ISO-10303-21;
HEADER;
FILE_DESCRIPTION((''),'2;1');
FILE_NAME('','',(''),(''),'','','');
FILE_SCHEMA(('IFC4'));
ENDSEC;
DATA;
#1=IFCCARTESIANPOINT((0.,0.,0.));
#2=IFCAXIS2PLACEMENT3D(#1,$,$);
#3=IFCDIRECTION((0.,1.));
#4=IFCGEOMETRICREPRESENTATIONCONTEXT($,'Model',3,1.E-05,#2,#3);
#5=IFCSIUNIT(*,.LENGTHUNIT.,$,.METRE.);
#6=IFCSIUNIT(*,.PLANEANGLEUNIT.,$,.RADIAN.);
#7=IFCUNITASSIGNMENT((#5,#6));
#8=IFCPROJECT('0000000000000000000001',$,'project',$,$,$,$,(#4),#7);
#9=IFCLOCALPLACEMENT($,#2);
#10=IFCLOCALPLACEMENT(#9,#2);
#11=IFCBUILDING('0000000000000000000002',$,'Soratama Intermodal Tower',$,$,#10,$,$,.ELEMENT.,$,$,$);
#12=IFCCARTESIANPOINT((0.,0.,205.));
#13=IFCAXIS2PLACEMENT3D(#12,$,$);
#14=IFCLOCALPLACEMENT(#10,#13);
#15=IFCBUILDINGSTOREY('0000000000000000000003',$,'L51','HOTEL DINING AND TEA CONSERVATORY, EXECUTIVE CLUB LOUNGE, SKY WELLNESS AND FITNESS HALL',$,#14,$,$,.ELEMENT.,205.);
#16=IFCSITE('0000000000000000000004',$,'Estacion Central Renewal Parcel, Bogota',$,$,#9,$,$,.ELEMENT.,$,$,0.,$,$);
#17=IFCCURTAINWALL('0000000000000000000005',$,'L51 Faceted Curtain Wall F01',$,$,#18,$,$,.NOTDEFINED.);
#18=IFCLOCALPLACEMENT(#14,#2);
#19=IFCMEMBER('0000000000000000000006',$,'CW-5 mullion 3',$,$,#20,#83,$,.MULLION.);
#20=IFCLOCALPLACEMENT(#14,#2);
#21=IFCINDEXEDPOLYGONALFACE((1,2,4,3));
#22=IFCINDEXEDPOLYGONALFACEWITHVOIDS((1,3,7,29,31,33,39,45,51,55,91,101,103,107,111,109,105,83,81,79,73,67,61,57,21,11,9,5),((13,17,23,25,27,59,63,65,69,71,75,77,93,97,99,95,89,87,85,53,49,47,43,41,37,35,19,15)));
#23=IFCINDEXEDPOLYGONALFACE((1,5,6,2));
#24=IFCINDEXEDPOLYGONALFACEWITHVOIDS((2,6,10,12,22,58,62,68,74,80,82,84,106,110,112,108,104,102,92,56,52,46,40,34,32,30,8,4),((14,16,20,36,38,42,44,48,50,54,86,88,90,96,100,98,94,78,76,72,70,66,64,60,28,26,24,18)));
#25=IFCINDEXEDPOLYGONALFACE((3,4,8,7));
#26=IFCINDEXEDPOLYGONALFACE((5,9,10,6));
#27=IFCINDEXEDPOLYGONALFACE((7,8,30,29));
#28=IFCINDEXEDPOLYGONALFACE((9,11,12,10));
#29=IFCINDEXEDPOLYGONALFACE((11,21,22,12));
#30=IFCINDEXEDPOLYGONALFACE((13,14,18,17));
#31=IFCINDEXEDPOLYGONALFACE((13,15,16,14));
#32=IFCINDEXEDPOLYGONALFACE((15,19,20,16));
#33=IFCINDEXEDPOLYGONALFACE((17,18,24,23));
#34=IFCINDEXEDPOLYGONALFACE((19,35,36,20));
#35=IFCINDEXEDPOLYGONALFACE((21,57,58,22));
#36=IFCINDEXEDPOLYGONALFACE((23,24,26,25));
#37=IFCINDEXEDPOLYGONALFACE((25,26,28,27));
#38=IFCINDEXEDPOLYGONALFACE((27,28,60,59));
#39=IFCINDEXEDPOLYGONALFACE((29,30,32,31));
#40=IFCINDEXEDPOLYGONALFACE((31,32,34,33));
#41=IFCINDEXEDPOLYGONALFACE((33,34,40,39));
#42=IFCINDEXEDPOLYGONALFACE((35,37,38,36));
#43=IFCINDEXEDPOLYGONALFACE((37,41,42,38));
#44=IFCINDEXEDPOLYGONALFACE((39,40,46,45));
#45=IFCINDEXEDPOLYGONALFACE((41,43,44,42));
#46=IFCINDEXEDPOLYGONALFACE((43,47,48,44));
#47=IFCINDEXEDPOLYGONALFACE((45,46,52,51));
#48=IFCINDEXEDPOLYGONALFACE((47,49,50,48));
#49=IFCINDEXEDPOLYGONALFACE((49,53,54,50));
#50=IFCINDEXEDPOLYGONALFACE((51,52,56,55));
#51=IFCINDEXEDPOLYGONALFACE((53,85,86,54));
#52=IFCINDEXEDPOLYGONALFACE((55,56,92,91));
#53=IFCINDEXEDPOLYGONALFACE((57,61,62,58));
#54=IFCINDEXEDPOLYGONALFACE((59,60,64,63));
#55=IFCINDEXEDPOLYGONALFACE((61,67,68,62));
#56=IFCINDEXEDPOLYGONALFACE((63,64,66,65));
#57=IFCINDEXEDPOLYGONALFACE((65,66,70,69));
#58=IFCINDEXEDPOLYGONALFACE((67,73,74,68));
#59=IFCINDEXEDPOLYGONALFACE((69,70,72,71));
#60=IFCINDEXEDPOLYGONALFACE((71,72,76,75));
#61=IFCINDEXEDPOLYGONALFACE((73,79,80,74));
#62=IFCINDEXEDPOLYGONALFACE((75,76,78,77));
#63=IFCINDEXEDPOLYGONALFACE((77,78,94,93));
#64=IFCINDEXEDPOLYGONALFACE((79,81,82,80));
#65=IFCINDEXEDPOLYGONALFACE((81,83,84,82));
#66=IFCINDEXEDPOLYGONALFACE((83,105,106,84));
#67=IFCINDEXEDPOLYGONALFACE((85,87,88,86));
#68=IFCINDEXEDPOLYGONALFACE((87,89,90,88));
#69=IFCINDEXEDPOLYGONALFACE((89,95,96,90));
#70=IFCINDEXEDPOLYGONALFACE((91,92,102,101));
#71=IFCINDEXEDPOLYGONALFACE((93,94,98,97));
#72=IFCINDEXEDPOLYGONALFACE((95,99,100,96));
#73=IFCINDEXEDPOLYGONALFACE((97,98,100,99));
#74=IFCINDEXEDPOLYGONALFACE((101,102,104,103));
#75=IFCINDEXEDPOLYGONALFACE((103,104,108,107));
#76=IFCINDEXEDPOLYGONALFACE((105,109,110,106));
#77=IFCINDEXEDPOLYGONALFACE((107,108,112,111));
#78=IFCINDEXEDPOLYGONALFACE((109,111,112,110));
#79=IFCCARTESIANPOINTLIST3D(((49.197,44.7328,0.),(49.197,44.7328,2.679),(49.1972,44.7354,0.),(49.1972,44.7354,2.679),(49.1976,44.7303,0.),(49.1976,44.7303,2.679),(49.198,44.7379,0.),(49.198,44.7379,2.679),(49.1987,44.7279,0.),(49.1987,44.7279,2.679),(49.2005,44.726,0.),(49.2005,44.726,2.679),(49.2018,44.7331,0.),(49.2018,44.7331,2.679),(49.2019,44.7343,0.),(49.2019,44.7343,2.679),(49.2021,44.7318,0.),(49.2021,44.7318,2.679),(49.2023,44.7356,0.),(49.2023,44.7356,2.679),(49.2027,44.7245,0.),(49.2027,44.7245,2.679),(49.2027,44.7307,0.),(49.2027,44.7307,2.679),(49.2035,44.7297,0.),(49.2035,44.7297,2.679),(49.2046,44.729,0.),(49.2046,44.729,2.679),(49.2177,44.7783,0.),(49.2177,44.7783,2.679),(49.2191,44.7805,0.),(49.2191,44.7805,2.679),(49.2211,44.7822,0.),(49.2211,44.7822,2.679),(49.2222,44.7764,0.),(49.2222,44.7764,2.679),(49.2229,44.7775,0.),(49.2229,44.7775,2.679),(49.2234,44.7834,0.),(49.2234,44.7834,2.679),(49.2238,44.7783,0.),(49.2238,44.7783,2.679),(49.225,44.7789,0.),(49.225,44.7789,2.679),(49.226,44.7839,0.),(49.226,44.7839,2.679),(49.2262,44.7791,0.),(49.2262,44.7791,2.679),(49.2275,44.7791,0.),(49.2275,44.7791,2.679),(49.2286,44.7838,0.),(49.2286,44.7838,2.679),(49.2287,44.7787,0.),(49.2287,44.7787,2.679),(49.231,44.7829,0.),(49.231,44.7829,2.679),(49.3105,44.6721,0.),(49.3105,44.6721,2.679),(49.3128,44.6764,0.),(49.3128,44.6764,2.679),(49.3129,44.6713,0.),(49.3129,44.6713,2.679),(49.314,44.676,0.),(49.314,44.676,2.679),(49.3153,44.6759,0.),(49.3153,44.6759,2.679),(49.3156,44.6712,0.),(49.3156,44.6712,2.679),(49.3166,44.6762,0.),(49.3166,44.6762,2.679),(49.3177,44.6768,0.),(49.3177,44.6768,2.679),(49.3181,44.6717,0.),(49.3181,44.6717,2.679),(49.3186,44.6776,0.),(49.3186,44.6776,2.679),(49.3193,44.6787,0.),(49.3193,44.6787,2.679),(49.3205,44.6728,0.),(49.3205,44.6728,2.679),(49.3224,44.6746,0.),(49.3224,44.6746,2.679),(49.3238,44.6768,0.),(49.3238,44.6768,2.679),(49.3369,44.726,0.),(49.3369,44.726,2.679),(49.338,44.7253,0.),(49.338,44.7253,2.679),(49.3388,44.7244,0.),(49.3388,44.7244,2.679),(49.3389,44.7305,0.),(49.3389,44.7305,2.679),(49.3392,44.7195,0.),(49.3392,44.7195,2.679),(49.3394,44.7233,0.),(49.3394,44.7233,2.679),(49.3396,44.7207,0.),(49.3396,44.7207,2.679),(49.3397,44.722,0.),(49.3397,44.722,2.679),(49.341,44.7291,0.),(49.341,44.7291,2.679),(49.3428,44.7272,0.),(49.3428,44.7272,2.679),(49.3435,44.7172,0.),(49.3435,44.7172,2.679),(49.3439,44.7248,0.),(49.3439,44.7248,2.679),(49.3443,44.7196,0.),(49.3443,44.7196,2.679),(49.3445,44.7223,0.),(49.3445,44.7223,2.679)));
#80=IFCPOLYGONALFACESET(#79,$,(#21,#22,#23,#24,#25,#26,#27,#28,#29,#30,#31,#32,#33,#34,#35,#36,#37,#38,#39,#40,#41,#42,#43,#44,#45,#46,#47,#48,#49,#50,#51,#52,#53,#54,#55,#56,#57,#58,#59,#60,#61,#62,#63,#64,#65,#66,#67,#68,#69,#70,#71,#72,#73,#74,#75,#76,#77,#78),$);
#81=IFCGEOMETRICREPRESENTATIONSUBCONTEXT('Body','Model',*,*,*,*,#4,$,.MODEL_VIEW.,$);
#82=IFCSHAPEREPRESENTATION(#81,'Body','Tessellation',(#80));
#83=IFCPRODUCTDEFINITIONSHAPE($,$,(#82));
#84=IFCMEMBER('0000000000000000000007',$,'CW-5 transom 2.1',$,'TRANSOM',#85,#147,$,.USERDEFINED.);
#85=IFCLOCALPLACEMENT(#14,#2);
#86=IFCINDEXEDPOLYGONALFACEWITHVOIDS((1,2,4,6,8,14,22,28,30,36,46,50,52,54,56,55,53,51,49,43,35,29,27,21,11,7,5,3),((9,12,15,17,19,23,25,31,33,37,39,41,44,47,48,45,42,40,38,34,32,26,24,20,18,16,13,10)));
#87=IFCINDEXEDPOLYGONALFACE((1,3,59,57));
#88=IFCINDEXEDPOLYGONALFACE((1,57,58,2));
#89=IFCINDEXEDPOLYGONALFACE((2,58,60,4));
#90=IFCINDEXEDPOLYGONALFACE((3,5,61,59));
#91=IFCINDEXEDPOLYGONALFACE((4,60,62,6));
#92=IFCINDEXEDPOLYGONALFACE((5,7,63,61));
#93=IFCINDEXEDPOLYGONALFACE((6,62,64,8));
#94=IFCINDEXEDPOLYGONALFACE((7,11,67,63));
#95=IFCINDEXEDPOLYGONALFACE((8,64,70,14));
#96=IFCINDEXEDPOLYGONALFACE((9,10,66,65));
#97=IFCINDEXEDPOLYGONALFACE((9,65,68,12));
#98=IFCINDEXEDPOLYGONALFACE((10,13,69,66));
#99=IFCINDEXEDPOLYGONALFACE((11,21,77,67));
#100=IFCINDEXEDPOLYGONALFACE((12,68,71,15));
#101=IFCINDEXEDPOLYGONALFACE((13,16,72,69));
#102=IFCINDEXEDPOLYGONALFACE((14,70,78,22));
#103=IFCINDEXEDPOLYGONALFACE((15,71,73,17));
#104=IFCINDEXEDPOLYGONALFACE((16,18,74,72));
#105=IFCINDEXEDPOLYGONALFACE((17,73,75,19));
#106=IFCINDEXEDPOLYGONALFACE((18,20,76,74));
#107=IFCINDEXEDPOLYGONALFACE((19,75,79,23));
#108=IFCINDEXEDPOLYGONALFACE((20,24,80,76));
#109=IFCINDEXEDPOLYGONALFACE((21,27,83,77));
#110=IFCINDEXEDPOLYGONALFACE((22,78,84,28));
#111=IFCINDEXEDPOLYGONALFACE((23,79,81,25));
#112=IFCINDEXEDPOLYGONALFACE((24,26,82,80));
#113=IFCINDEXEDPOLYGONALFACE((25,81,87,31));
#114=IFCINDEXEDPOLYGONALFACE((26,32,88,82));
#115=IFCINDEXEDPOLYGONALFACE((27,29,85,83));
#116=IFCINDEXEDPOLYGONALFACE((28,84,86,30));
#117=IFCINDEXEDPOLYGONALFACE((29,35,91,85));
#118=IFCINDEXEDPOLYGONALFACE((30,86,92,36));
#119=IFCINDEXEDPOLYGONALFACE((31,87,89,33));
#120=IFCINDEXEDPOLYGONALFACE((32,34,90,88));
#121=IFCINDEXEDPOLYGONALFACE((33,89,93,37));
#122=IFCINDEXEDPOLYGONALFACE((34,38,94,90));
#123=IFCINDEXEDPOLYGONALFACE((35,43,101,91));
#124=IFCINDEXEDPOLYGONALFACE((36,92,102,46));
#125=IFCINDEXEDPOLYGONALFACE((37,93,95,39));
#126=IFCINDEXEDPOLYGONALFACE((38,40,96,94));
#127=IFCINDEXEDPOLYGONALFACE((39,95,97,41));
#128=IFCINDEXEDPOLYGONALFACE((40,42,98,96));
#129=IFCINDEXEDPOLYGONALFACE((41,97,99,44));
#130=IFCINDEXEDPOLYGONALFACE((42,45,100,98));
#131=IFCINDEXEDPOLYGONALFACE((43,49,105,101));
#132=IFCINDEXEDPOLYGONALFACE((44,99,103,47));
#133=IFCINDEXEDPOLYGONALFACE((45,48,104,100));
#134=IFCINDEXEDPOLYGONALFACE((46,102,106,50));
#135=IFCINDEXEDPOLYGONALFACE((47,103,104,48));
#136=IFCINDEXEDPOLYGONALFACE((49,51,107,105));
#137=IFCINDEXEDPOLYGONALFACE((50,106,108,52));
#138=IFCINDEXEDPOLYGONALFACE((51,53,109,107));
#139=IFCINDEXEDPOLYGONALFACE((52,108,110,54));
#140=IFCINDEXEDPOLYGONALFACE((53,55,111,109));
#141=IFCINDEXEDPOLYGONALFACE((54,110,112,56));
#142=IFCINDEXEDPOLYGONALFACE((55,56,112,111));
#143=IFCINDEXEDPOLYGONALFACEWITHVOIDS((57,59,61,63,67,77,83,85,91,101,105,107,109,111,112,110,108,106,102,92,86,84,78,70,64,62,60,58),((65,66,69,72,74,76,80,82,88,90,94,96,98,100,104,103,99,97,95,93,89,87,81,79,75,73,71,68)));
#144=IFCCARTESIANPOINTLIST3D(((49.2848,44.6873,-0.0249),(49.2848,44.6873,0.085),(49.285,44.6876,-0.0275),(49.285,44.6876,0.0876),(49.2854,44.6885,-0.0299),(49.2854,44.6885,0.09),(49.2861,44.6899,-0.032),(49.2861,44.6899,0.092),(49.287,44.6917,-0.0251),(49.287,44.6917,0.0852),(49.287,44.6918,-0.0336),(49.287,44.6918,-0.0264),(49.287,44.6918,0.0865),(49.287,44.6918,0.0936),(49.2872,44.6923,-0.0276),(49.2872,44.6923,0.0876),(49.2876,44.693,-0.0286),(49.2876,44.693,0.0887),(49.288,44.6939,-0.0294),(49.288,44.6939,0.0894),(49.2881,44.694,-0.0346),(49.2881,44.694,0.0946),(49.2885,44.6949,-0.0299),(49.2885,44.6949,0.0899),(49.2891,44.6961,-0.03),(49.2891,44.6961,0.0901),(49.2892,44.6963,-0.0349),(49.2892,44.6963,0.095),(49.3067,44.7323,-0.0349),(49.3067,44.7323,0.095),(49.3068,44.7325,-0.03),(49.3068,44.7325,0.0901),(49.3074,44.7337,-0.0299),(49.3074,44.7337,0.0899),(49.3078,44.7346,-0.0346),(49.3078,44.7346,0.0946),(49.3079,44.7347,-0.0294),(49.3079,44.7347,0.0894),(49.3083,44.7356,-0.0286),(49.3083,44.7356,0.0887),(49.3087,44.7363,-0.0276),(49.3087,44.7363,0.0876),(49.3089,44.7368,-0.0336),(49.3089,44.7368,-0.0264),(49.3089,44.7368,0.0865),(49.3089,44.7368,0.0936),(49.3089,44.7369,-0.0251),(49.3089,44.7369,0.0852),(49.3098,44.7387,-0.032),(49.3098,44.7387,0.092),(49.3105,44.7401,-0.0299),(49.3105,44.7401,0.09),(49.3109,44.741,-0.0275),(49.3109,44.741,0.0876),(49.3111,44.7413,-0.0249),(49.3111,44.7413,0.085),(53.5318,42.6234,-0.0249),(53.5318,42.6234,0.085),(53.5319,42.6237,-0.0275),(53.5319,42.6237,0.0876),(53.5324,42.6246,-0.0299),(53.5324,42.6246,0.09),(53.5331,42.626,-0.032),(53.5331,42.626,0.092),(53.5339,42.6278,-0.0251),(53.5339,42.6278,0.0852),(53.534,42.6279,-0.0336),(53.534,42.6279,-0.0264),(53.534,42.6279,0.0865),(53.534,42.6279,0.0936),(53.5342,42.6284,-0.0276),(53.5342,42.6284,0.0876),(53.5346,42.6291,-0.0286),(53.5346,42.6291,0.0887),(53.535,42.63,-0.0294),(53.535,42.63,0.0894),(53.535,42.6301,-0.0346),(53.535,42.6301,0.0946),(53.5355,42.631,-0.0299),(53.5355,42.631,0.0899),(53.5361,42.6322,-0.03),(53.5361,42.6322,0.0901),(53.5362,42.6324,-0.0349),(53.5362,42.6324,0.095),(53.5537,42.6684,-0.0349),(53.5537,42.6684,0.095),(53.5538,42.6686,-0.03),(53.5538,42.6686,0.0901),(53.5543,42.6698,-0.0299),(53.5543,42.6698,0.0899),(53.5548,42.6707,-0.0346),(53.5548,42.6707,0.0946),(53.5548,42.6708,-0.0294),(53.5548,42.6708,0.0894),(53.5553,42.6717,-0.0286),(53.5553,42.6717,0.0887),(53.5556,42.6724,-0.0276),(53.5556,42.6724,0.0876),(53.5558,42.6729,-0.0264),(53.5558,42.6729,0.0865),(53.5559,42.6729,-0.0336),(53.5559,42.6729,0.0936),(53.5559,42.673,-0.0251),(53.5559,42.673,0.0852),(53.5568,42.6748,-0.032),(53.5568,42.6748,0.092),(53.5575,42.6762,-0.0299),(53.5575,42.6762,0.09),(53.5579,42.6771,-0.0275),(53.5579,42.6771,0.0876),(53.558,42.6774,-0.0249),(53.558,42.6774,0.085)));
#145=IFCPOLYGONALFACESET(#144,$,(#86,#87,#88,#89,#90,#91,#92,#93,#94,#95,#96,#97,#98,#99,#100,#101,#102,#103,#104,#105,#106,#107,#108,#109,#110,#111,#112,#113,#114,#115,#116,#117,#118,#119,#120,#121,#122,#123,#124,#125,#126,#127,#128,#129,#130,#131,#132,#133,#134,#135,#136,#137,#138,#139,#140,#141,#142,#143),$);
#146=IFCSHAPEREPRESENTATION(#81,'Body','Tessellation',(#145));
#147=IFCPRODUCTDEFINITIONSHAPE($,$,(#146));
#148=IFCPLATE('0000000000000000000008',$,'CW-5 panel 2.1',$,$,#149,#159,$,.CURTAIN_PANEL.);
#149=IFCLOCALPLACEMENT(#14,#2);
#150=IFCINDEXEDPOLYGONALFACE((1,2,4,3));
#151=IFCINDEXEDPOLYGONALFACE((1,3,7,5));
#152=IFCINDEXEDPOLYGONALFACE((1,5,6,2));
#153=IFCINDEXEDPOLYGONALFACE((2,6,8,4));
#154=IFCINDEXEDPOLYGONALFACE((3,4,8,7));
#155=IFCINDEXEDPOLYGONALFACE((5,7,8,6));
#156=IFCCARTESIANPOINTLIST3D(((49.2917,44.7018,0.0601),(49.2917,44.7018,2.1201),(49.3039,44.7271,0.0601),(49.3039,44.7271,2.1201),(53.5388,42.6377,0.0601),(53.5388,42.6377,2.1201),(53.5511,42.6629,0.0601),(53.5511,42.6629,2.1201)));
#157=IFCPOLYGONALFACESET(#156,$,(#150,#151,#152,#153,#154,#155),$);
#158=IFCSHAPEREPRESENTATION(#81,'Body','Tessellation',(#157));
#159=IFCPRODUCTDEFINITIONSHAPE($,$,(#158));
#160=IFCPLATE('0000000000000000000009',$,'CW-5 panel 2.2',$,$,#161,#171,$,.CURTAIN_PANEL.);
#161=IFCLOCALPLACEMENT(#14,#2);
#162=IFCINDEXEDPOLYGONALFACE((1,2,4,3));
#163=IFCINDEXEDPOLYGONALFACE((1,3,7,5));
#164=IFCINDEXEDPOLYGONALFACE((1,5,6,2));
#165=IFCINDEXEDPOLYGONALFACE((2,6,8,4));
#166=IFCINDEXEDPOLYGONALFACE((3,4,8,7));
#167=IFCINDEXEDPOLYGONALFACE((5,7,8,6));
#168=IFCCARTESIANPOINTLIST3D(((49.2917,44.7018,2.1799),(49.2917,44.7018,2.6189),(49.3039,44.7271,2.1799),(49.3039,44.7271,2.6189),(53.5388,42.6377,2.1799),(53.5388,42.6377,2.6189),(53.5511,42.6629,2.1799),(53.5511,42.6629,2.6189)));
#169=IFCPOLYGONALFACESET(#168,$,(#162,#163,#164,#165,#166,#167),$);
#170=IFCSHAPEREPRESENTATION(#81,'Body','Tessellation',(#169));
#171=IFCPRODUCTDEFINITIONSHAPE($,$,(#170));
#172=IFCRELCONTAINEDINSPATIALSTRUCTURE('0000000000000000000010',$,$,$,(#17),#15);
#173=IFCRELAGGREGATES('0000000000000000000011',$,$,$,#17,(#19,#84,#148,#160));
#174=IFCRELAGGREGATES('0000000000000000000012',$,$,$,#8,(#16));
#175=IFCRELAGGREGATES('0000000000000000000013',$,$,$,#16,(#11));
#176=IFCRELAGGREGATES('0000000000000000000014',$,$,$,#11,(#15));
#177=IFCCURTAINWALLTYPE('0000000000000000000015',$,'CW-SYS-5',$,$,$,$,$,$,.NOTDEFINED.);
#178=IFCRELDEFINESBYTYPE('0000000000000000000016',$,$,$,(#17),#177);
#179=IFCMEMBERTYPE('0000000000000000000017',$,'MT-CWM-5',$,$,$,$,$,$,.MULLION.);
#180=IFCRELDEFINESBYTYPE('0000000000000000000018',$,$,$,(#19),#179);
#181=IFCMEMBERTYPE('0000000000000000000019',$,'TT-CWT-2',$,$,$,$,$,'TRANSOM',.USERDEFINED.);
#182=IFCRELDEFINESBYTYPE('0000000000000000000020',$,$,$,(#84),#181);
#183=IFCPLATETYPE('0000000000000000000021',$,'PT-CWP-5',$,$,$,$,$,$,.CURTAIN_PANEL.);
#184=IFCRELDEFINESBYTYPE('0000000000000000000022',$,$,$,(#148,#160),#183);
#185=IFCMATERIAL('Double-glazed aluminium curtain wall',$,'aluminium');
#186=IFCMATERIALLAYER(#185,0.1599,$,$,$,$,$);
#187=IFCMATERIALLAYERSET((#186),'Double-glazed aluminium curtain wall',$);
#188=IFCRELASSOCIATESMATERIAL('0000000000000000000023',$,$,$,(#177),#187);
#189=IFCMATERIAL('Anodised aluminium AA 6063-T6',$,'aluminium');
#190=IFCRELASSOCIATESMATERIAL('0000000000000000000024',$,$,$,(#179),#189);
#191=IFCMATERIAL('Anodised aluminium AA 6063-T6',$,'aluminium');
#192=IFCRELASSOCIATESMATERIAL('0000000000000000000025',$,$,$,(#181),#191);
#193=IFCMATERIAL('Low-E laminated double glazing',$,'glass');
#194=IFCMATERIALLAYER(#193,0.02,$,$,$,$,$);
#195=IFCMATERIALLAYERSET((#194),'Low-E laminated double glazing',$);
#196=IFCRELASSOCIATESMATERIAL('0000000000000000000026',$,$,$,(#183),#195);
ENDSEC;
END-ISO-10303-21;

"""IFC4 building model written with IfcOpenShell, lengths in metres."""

from ifc_helpers import new_model, si_unit, direction, frame, origin, origin_2d, place, context, subcontext, project, spatial, rectangle, hollow_rectangle, extrude, material, layer, layer_set, material_profile, profile_set, type_object, element, aggregate, save


model = new_model("IFC4")

# Units and contexts
model_context = context("Model", 3, precision=1e-05, world=origin(), true_north=direction((0.0, 1.0)))
body_context = subcontext(model_context, "Body", "Model", "MODEL_VIEW")
ifc_project = project(units=[si_unit("LENGTHUNIT", "METRE"), si_unit("PLANEANGLEUNIT", "RADIAN")], contexts=[model_context])

# Site, building, storey
site_placement = place(None, origin())
site = spatial("IfcSite", under=ifc_project, at=site_placement, Name="Estacion Central Renewal Parcel, Bogota", CompositionType="ELEMENT", RefElevation=0.0)
building_placement = place(site_placement, origin())
building = spatial("IfcBuilding", under=site, at=building_placement, Name="Soratama Intermodal Tower", CompositionType="ELEMENT")
storey_placement = place(building_placement, frame((0.0, 0.0, 205.0)))
storey = spatial("IfcBuildingStorey", under=building, at=storey_placement, Name="L51", Description="HOTEL DINING AND TEA CONSERVATORY, EXECUTIVE CLUB LOUNGE, SKY WELLNESS AND FITNESS HALL", CompositionType="ELEMENT", Elevation=205.0)

# Curtain wall, members, plates
ifc_material_1 = material(Name="Double-glazed aluminium curtain wall", Category="aluminium")
ifc_layer_1 = layer(ifc_material_1, 0.1599)
ifc_layer_set_1 = layer_set([ifc_layer_1], Name="Double-glazed aluminium curtain wall")
curtain_wall_type = type_object("IfcCurtainWallType", Name="CW-SYS-5", PredefinedType="NOTDEFINED", material=ifc_layer_set_1)
curtain_wall_placement = place(storey_placement, origin())
curtain_wall = element("IfcCurtainWall", 1, at=curtain_wall_placement, inside=storey, type_object=curtain_wall_type, Name="L51 Faceted Curtain Wall F01", PredefinedType="NOTDEFINED")
ifc_material_2 = material(Name="Anodised aluminium AA 6063-T6", Category="aluminium")
ifc_material_profile_1 = material_profile(ifc_material_2, hollow_rectangle(XDim=0.0649, YDim=0.1399, WallThickness=0.0049, InnerFilletRadius=0.0049, OuterFilletRadius=0.01, at=origin_2d()), Name="CWM140X65X5")
ifc_profile_set_1 = profile_set([ifc_material_profile_1], Name="Anodised aluminium AA 6063-T6")
member_type_1 = type_object("IfcMemberType", Name="MT-CWM-5", PredefinedType="MULLION", material=ifc_profile_set_1)
member_1_placement = place(storey_placement, frame((49.2708, 44.7275, 0.0), z_axis=(0.0, 0.0, 1.0), x_axis=(-0.437111, -0.899408, 0.0)))
member_1 = element("IfcMember", 2, at=member_1_placement, type_object=member_type_1, Name="CW-5 mullion 3", PredefinedType="MULLION", context=body_context, shape_type="SweptSolid", body=[
    extrude(hollow_rectangle(XDim=0.0649, YDim=0.1399, WallThickness=0.0049, InnerFilletRadius=0.0049, OuterFilletRadius=0.01, at=origin_2d()), origin(), (0.0, 0.0, 1.0), 2.679),
])
ifc_material_3 = material(Name="Anodised aluminium AA 6063-T6", Category="aluminium")
ifc_material_profile_2 = material_profile(ifc_material_3, hollow_rectangle(XDim=0.0601, YDim=0.1299, WallThickness=0.0049, InnerFilletRadius=0.0049, OuterFilletRadius=0.01, at=origin_2d()), Name="CWT130X60X5")
ifc_profile_set_2 = profile_set([ifc_material_profile_2], Name="Anodised aluminium AA 6063-T6")
member_type_2 = type_object("IfcMemberType", Name="TT-CWT-2", ElementType="TRANSOM", PredefinedType="USERDEFINED", material=ifc_profile_set_2)
member_2_placement = place(storey_placement, frame((53.5449, 42.6504, 0.03), z_axis=(-0.899416, 0.437093, 0.0), x_axis=(-0.437093, -0.899416, 0.0)))
member_2 = element("IfcMember", 3, at=member_2_placement, type_object=member_type_2, Name="CW-5 transom 2.1", ObjectType="TRANSOM", PredefinedType="USERDEFINED", context=body_context, shape_type="SweptSolid", body=[
    extrude(hollow_rectangle(XDim=0.0601, YDim=0.1299, WallThickness=0.0049, InnerFilletRadius=0.0049, OuterFilletRadius=0.01, at=origin_2d()), origin(), (0.0, 0.0, 1.0), 4.7219),
])
ifc_material_4 = material(Name="Low-E laminated double glazing", Category="glass")
ifc_layer_2 = layer(ifc_material_4, 0.02)
ifc_layer_set_2 = layer_set([ifc_layer_2], Name="Low-E laminated double glazing")
plate_type = type_object("IfcPlateType", Name="PT-CWP-5", PredefinedType="CURTAIN_PANEL", material=ifc_layer_set_2)
plate_1_placement = place(storey_placement, frame((51.4214, 43.6824, 0.0601), z_axis=(0.0, 0.0, 1.0), x_axis=(-0.899408, 0.437111, 0.0)))
plate_1 = element("IfcPlate", 4, at=plate_1_placement, type_object=plate_type, Name="CW-5 panel 2.1", PredefinedType="CURTAIN_PANEL", context=body_context, shape_type="SweptSolid", body=[
    extrude(rectangle(XDim=4.7222, YDim=0.0281, at=origin_2d()), origin(), (0.0, 0.0, 1.0), 2.0601),
])
plate_2_placement = place(storey_placement, frame((51.4214, 43.6824, 2.1799), z_axis=(0.0, 0.0, 1.0), x_axis=(-0.899408, 0.437111, 0.0)))
plate_2 = element("IfcPlate", 5, at=plate_2_placement, type_object=plate_type, Name="CW-5 panel 2.2", PredefinedType="CURTAIN_PANEL", context=body_context, shape_type="SweptSolid", body=[
    extrude(rectangle(XDim=4.7222, YDim=0.0281, at=origin_2d()), origin(), (0.0, 0.0, 1.0), 0.439),
])
aggregate(curtain_wall, [member_1, member_2, plate_1, plate_2])

save(model, "model.ifc")
